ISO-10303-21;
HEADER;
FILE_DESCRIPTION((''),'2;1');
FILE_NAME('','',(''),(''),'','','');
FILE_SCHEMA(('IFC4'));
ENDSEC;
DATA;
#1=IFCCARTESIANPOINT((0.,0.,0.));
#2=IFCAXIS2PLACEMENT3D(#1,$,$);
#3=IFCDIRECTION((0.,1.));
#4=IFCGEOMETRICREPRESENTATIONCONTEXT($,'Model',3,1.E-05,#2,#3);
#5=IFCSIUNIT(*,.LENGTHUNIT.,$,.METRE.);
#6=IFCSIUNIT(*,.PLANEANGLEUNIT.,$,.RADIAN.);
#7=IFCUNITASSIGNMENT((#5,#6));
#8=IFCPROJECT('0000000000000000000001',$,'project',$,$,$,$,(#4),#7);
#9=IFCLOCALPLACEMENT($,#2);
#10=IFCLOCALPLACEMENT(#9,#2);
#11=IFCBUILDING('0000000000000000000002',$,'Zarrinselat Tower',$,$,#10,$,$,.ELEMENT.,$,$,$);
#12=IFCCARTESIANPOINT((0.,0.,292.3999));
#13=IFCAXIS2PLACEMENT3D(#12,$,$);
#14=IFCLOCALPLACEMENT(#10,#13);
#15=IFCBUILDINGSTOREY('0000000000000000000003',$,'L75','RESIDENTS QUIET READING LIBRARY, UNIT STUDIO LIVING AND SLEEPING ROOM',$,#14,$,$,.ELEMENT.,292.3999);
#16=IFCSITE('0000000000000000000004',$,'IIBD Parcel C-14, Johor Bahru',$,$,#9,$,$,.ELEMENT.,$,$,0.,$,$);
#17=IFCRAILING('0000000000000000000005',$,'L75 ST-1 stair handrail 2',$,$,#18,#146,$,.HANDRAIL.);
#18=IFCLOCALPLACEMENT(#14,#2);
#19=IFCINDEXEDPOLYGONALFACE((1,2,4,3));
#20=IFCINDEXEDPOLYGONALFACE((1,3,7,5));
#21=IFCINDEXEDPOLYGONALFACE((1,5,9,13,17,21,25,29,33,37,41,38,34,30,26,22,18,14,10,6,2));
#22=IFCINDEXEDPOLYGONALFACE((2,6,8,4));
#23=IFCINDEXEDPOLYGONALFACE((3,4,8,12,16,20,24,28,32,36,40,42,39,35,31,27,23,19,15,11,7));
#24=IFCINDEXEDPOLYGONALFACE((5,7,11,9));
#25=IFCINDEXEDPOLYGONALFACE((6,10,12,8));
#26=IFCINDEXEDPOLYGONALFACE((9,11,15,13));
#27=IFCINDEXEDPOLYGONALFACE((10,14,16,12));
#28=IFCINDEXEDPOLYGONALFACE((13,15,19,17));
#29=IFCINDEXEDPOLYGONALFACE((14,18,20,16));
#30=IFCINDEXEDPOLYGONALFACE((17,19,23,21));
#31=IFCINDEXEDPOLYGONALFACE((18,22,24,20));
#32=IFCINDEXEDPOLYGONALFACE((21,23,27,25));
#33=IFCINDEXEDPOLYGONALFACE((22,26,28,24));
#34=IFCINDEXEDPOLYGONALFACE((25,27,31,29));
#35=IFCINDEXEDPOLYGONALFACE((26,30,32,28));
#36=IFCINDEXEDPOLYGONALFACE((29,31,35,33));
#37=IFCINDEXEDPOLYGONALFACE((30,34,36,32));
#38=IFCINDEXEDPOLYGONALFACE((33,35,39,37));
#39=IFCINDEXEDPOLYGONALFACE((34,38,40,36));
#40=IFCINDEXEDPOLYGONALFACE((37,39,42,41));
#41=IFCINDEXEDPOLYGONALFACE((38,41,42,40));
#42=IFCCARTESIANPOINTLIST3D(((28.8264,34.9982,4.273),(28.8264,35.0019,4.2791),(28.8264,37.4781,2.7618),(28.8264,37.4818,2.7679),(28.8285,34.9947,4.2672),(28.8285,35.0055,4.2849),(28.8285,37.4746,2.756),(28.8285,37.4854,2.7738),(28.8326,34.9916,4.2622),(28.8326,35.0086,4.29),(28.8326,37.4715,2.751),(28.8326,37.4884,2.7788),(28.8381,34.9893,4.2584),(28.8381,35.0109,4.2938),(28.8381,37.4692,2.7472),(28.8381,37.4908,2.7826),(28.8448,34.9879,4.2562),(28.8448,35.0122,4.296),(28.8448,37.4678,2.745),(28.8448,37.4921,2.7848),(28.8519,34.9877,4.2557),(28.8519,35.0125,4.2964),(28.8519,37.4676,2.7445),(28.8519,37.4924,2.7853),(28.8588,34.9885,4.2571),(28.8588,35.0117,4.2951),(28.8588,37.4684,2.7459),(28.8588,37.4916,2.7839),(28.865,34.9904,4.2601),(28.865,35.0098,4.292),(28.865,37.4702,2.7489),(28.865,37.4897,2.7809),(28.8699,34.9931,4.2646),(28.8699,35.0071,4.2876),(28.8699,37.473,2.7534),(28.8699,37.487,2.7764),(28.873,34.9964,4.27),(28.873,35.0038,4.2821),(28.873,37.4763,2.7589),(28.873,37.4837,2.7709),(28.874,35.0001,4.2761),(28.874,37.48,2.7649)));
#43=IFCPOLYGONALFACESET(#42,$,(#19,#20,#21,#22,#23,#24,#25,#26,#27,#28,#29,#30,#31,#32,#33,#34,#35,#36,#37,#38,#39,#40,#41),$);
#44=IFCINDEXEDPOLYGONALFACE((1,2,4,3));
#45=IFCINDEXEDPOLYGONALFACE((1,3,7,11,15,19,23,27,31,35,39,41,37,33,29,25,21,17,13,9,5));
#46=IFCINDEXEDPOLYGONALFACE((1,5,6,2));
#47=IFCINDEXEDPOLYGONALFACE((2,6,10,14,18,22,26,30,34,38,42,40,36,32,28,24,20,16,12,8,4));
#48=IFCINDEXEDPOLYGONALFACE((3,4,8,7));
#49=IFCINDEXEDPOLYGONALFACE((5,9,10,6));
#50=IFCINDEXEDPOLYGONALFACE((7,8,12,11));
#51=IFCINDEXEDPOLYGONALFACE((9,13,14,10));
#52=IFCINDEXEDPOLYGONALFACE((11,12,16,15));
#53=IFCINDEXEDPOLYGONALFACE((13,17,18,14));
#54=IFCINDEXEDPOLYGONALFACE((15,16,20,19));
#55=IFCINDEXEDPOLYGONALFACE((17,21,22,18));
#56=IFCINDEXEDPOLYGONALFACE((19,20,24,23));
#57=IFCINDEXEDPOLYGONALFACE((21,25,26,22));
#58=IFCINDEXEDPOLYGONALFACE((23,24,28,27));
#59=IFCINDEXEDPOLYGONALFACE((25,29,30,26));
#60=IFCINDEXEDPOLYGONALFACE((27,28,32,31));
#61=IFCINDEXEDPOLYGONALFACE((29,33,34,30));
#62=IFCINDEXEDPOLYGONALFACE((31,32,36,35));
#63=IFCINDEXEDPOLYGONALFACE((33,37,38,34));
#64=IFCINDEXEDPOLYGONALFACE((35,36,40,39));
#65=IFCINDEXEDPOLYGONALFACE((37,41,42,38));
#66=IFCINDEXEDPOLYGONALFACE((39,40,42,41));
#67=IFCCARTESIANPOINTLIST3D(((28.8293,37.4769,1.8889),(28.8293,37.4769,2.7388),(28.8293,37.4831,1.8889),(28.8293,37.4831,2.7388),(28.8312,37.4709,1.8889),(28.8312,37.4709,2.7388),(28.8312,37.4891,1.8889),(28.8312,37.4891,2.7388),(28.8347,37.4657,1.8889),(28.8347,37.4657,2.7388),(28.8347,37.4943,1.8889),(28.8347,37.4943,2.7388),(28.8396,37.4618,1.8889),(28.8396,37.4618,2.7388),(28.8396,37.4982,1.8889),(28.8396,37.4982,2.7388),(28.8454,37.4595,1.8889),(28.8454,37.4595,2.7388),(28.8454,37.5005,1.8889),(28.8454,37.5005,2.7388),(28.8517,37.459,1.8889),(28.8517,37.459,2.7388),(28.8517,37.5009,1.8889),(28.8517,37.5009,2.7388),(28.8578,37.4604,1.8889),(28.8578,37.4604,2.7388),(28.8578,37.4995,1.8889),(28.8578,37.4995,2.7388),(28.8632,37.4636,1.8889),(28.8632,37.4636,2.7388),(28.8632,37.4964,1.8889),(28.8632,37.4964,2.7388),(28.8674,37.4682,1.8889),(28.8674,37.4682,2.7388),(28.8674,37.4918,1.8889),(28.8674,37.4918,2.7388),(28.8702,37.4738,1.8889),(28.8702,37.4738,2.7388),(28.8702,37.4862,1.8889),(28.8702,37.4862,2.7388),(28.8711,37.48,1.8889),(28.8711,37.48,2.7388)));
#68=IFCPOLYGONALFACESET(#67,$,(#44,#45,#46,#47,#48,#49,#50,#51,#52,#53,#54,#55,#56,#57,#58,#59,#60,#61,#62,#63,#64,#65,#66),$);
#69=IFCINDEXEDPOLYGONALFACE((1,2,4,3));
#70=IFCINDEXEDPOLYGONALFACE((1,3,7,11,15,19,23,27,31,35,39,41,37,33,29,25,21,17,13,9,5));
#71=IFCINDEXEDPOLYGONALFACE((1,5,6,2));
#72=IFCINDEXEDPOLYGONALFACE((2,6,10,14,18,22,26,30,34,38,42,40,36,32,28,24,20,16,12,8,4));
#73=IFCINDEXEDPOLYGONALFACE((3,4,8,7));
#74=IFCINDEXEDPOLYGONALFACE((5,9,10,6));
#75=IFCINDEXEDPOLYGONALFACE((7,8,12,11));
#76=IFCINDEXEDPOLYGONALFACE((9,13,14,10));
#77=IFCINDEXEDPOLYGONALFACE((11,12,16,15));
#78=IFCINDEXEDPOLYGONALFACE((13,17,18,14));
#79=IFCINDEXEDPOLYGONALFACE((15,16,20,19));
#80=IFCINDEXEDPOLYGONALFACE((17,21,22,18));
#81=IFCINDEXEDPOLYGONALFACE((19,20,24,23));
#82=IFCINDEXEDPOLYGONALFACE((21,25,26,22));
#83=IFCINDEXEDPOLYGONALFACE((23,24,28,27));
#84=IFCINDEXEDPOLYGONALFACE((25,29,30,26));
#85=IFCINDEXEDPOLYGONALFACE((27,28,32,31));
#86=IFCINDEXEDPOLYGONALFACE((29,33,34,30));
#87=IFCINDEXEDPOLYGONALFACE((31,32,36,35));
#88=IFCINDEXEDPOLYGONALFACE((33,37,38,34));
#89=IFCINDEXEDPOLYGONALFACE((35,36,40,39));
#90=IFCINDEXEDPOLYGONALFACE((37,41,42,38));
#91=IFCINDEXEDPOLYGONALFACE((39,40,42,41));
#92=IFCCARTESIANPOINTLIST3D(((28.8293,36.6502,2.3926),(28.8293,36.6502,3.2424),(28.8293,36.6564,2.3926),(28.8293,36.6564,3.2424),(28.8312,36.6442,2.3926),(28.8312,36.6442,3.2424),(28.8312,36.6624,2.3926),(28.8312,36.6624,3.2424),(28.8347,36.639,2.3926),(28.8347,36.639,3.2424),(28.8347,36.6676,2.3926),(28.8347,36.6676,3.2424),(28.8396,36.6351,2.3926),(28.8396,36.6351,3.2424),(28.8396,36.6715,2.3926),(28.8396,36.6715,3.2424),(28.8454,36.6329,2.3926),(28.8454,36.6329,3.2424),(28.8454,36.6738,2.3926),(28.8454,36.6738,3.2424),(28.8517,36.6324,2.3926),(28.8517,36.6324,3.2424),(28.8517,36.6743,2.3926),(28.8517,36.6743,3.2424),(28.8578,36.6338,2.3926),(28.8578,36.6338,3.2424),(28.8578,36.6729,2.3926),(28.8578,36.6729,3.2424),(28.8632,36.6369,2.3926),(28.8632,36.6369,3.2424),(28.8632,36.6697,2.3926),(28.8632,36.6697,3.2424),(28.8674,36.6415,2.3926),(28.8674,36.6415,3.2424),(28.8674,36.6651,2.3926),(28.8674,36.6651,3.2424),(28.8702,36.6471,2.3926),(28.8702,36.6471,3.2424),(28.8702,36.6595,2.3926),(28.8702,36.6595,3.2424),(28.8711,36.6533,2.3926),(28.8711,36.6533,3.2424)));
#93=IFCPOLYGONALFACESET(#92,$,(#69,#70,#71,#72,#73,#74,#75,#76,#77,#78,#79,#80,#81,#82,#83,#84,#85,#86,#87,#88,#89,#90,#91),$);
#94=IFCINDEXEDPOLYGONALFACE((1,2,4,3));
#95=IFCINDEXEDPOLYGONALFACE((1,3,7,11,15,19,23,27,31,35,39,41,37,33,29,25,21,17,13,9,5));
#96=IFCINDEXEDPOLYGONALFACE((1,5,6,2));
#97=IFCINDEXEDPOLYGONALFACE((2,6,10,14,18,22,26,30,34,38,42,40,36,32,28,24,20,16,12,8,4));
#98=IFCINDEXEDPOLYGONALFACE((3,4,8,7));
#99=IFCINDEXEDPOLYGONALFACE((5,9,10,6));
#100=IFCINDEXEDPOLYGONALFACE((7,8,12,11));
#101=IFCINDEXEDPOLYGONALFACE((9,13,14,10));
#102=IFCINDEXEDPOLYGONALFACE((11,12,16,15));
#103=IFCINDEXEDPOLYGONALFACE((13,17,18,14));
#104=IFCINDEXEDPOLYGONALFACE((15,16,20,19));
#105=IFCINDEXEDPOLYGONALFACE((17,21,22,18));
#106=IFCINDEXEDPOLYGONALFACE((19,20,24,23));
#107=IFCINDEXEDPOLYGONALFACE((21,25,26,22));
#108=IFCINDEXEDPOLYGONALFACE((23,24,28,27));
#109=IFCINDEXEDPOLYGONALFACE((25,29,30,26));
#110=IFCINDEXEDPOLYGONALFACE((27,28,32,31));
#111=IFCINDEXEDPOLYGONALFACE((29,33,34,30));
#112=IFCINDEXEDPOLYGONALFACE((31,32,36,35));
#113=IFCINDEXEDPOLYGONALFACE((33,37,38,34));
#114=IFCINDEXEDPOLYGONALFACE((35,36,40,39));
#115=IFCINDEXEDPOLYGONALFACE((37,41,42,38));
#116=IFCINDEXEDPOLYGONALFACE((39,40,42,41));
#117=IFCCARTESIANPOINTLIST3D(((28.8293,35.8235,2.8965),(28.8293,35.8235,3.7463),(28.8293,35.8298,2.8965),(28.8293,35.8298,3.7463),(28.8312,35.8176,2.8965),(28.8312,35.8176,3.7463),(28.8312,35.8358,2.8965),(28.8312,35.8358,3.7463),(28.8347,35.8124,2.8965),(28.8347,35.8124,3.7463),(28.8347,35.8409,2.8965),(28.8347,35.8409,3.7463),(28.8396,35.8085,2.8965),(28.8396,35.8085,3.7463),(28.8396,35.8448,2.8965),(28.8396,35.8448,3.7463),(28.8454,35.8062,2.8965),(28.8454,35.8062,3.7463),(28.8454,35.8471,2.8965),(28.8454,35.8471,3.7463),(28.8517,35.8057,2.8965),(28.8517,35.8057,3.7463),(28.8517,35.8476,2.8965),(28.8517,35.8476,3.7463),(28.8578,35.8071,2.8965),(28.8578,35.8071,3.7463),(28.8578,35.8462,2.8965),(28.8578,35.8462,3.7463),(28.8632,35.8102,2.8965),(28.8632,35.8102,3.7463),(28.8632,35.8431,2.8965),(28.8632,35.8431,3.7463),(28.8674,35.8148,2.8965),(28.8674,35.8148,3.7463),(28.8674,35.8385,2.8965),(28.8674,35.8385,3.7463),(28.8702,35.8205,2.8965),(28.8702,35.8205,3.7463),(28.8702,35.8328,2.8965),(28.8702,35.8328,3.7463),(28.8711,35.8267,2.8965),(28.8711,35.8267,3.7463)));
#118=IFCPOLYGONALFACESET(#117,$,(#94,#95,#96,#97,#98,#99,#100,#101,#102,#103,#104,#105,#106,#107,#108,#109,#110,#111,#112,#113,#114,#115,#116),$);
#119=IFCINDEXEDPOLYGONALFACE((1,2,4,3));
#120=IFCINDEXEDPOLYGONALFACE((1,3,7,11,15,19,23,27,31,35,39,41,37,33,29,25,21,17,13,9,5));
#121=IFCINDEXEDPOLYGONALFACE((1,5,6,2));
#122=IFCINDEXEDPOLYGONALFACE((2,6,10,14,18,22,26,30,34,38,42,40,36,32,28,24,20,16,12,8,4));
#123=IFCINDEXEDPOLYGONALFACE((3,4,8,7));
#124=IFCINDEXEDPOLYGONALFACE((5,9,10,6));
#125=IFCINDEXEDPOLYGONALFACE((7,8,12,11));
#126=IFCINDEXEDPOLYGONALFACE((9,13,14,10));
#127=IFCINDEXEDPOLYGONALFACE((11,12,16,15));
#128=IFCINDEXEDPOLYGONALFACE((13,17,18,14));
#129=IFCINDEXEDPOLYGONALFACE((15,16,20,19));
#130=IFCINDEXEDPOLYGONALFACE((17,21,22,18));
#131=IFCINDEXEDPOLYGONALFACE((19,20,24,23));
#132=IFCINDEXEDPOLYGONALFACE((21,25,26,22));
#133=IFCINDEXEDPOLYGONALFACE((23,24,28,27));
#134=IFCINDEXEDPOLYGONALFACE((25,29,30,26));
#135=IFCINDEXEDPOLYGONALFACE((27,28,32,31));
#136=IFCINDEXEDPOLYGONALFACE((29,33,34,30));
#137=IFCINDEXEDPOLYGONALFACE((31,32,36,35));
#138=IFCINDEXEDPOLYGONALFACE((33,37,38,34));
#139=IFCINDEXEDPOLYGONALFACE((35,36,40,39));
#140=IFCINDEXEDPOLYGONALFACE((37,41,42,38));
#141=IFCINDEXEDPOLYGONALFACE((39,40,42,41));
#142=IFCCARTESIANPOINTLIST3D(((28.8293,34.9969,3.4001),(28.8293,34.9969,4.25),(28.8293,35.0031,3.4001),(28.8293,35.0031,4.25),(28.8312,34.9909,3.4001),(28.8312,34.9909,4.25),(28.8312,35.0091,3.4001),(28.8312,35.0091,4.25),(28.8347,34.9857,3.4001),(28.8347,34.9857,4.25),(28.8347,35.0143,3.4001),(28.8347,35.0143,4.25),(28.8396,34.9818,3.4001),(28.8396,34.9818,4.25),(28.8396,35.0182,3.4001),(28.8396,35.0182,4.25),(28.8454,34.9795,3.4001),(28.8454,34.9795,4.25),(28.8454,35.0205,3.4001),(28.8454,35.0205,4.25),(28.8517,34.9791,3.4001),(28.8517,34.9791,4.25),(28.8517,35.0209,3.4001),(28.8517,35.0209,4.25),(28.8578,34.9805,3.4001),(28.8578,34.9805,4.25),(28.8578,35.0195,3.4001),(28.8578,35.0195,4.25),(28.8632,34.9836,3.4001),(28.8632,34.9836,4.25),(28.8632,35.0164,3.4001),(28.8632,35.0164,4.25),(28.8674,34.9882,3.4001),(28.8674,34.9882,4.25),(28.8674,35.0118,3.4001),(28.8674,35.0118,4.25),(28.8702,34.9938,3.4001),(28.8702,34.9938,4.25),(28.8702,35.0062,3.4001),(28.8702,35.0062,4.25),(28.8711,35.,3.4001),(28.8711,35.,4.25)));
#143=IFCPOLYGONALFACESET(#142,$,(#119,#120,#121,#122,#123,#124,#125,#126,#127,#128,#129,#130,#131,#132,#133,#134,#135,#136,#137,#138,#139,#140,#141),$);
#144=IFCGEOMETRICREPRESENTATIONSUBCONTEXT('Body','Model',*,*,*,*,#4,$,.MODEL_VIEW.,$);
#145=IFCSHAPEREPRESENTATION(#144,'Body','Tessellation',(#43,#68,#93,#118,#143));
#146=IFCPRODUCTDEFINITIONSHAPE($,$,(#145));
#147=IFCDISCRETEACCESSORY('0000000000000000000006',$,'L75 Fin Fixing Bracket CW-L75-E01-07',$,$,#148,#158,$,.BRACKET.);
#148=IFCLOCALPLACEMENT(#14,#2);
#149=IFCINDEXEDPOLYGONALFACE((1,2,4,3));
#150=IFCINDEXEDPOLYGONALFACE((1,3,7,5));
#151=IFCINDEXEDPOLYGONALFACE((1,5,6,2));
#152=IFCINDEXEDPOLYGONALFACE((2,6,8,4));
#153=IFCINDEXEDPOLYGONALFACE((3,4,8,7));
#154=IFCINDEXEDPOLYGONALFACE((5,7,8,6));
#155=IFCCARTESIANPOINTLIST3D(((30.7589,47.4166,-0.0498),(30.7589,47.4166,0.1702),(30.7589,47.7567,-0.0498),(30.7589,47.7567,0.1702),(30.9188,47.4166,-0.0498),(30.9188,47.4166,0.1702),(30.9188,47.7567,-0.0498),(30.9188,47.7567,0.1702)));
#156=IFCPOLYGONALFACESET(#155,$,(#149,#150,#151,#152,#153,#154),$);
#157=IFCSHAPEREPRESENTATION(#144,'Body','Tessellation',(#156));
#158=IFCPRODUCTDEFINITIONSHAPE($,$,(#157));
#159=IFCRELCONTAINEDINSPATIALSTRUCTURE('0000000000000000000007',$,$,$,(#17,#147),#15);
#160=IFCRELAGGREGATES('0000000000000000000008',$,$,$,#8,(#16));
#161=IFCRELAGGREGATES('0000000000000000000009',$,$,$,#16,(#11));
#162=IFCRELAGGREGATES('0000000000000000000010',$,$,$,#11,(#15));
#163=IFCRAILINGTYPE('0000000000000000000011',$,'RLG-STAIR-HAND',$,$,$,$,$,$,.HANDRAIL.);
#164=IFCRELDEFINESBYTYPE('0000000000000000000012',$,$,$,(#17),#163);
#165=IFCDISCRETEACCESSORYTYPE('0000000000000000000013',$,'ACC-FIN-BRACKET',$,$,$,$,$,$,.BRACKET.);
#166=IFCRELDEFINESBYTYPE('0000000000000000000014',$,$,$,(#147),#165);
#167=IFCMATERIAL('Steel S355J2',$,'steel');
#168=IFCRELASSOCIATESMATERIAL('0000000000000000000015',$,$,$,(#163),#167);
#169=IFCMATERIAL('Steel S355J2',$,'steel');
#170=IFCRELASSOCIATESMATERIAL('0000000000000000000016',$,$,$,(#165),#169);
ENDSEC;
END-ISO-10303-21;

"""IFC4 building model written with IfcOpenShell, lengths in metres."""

from ifc_helpers import new_model, si_unit, direction, frame, origin, origin_2d, place, context, subcontext, project, spatial, rectangle, circle, extrude, material, type_object, element, save


model = new_model("IFC4")

# Units and contexts
model_context = context("Model", 3, precision=1e-05, world=origin(), true_north=direction((0.0, 1.0)))
body_context = subcontext(model_context, "Body", "Model", "MODEL_VIEW")
ifc_project = project(units=[si_unit("LENGTHUNIT", "METRE"), si_unit("PLANEANGLEUNIT", "RADIAN")], contexts=[model_context])

# Site, building, storey
site_placement = place(None, origin())
site = spatial("IfcSite", under=ifc_project, at=site_placement, Name="IIBD Parcel C-14, Johor Bahru", CompositionType="ELEMENT", RefElevation=0.0)
building_placement = place(site_placement, origin())
building = spatial("IfcBuilding", under=site, at=building_placement, Name="Zarrinselat Tower", CompositionType="ELEMENT")
storey_placement = place(building_placement, frame((0.0, 0.0, 292.3999)))
storey = spatial("IfcBuildingStorey", under=building, at=storey_placement, Name="L75", Description="RESIDENTS QUIET READING LIBRARY, UNIT STUDIO LIVING AND SLEEPING ROOM", CompositionType="ELEMENT", Elevation=292.3999)

# Railing
ifc_material_1 = material(Name="Steel S355J2", Category="steel")
railing_type_1 = type_object("IfcRailingType", Name="RLG-STAIR-HAND", PredefinedType="HANDRAIL", material=ifc_material_1)
railing_1_placement = place(storey_placement, frame((28.8501, 37.48, 1.8889)))
element("IfcRailing", 1, at=railing_1_placement, inside=storey, type_object=railing_type_1, Name="L75 ST-1 stair handrail 2", PredefinedType="HANDRAIL", context=body_context, shape_type="SweptSolid", body=[
    extrude(circle(Radius=0.0239, at=origin_2d()), frame((0.0, 0.0, 0.876), z_axis=(0.0, -0.853942, 0.520368), x_axis=(1.0, 0.0, 0.0)), (0.0, 0.0, 1.0), 2.9041),
    extrude(circle(Radius=0.021, at=origin_2d()), origin(), (0.0, 0.0, 1.0), 0.8499),
    extrude(circle(Radius=0.021, at=origin_2d()), frame((0.0, -0.8267, 0.5037)), (0.0, 0.0, 1.0), 0.8499),
    extrude(circle(Radius=0.021, at=origin_2d()), frame((0.0, -1.6533, 1.0076)), (0.0, 0.0, 1.0), 0.8499),
    extrude(circle(Radius=0.021, at=origin_2d()), frame((0.0, -2.48, 1.5112)), (0.0, 0.0, 1.0), 0.8499),
])

# Discrete accessory
ifc_material_2 = material(Name="Steel S355J2", Category="steel")
discrete_accessory_type = type_object("IfcDiscreteAccessoryType", Name="ACC-FIN-BRACKET", PredefinedType="BRACKET", material=ifc_material_2)
discrete_accessory_placement = place(storey_placement, frame((30.8389, 47.5867, -0.0498), z_axis=(0.0, 0.0, 1.0), x_axis=(0.0, 1.0, 0.0)))
element("IfcDiscreteAccessory", 2, at=discrete_accessory_placement, inside=storey, type_object=discrete_accessory_type, Name="L75 Fin Fixing Bracket CW-L75-E01-07", PredefinedType="BRACKET", context=body_context, shape_type="SweptSolid", body=[
    extrude(rectangle(XDim=0.3401, YDim=0.1599, at=origin_2d()), origin(), (0.0, 0.0, 1.0), 0.22),
])

save(model, "model.ifc")
